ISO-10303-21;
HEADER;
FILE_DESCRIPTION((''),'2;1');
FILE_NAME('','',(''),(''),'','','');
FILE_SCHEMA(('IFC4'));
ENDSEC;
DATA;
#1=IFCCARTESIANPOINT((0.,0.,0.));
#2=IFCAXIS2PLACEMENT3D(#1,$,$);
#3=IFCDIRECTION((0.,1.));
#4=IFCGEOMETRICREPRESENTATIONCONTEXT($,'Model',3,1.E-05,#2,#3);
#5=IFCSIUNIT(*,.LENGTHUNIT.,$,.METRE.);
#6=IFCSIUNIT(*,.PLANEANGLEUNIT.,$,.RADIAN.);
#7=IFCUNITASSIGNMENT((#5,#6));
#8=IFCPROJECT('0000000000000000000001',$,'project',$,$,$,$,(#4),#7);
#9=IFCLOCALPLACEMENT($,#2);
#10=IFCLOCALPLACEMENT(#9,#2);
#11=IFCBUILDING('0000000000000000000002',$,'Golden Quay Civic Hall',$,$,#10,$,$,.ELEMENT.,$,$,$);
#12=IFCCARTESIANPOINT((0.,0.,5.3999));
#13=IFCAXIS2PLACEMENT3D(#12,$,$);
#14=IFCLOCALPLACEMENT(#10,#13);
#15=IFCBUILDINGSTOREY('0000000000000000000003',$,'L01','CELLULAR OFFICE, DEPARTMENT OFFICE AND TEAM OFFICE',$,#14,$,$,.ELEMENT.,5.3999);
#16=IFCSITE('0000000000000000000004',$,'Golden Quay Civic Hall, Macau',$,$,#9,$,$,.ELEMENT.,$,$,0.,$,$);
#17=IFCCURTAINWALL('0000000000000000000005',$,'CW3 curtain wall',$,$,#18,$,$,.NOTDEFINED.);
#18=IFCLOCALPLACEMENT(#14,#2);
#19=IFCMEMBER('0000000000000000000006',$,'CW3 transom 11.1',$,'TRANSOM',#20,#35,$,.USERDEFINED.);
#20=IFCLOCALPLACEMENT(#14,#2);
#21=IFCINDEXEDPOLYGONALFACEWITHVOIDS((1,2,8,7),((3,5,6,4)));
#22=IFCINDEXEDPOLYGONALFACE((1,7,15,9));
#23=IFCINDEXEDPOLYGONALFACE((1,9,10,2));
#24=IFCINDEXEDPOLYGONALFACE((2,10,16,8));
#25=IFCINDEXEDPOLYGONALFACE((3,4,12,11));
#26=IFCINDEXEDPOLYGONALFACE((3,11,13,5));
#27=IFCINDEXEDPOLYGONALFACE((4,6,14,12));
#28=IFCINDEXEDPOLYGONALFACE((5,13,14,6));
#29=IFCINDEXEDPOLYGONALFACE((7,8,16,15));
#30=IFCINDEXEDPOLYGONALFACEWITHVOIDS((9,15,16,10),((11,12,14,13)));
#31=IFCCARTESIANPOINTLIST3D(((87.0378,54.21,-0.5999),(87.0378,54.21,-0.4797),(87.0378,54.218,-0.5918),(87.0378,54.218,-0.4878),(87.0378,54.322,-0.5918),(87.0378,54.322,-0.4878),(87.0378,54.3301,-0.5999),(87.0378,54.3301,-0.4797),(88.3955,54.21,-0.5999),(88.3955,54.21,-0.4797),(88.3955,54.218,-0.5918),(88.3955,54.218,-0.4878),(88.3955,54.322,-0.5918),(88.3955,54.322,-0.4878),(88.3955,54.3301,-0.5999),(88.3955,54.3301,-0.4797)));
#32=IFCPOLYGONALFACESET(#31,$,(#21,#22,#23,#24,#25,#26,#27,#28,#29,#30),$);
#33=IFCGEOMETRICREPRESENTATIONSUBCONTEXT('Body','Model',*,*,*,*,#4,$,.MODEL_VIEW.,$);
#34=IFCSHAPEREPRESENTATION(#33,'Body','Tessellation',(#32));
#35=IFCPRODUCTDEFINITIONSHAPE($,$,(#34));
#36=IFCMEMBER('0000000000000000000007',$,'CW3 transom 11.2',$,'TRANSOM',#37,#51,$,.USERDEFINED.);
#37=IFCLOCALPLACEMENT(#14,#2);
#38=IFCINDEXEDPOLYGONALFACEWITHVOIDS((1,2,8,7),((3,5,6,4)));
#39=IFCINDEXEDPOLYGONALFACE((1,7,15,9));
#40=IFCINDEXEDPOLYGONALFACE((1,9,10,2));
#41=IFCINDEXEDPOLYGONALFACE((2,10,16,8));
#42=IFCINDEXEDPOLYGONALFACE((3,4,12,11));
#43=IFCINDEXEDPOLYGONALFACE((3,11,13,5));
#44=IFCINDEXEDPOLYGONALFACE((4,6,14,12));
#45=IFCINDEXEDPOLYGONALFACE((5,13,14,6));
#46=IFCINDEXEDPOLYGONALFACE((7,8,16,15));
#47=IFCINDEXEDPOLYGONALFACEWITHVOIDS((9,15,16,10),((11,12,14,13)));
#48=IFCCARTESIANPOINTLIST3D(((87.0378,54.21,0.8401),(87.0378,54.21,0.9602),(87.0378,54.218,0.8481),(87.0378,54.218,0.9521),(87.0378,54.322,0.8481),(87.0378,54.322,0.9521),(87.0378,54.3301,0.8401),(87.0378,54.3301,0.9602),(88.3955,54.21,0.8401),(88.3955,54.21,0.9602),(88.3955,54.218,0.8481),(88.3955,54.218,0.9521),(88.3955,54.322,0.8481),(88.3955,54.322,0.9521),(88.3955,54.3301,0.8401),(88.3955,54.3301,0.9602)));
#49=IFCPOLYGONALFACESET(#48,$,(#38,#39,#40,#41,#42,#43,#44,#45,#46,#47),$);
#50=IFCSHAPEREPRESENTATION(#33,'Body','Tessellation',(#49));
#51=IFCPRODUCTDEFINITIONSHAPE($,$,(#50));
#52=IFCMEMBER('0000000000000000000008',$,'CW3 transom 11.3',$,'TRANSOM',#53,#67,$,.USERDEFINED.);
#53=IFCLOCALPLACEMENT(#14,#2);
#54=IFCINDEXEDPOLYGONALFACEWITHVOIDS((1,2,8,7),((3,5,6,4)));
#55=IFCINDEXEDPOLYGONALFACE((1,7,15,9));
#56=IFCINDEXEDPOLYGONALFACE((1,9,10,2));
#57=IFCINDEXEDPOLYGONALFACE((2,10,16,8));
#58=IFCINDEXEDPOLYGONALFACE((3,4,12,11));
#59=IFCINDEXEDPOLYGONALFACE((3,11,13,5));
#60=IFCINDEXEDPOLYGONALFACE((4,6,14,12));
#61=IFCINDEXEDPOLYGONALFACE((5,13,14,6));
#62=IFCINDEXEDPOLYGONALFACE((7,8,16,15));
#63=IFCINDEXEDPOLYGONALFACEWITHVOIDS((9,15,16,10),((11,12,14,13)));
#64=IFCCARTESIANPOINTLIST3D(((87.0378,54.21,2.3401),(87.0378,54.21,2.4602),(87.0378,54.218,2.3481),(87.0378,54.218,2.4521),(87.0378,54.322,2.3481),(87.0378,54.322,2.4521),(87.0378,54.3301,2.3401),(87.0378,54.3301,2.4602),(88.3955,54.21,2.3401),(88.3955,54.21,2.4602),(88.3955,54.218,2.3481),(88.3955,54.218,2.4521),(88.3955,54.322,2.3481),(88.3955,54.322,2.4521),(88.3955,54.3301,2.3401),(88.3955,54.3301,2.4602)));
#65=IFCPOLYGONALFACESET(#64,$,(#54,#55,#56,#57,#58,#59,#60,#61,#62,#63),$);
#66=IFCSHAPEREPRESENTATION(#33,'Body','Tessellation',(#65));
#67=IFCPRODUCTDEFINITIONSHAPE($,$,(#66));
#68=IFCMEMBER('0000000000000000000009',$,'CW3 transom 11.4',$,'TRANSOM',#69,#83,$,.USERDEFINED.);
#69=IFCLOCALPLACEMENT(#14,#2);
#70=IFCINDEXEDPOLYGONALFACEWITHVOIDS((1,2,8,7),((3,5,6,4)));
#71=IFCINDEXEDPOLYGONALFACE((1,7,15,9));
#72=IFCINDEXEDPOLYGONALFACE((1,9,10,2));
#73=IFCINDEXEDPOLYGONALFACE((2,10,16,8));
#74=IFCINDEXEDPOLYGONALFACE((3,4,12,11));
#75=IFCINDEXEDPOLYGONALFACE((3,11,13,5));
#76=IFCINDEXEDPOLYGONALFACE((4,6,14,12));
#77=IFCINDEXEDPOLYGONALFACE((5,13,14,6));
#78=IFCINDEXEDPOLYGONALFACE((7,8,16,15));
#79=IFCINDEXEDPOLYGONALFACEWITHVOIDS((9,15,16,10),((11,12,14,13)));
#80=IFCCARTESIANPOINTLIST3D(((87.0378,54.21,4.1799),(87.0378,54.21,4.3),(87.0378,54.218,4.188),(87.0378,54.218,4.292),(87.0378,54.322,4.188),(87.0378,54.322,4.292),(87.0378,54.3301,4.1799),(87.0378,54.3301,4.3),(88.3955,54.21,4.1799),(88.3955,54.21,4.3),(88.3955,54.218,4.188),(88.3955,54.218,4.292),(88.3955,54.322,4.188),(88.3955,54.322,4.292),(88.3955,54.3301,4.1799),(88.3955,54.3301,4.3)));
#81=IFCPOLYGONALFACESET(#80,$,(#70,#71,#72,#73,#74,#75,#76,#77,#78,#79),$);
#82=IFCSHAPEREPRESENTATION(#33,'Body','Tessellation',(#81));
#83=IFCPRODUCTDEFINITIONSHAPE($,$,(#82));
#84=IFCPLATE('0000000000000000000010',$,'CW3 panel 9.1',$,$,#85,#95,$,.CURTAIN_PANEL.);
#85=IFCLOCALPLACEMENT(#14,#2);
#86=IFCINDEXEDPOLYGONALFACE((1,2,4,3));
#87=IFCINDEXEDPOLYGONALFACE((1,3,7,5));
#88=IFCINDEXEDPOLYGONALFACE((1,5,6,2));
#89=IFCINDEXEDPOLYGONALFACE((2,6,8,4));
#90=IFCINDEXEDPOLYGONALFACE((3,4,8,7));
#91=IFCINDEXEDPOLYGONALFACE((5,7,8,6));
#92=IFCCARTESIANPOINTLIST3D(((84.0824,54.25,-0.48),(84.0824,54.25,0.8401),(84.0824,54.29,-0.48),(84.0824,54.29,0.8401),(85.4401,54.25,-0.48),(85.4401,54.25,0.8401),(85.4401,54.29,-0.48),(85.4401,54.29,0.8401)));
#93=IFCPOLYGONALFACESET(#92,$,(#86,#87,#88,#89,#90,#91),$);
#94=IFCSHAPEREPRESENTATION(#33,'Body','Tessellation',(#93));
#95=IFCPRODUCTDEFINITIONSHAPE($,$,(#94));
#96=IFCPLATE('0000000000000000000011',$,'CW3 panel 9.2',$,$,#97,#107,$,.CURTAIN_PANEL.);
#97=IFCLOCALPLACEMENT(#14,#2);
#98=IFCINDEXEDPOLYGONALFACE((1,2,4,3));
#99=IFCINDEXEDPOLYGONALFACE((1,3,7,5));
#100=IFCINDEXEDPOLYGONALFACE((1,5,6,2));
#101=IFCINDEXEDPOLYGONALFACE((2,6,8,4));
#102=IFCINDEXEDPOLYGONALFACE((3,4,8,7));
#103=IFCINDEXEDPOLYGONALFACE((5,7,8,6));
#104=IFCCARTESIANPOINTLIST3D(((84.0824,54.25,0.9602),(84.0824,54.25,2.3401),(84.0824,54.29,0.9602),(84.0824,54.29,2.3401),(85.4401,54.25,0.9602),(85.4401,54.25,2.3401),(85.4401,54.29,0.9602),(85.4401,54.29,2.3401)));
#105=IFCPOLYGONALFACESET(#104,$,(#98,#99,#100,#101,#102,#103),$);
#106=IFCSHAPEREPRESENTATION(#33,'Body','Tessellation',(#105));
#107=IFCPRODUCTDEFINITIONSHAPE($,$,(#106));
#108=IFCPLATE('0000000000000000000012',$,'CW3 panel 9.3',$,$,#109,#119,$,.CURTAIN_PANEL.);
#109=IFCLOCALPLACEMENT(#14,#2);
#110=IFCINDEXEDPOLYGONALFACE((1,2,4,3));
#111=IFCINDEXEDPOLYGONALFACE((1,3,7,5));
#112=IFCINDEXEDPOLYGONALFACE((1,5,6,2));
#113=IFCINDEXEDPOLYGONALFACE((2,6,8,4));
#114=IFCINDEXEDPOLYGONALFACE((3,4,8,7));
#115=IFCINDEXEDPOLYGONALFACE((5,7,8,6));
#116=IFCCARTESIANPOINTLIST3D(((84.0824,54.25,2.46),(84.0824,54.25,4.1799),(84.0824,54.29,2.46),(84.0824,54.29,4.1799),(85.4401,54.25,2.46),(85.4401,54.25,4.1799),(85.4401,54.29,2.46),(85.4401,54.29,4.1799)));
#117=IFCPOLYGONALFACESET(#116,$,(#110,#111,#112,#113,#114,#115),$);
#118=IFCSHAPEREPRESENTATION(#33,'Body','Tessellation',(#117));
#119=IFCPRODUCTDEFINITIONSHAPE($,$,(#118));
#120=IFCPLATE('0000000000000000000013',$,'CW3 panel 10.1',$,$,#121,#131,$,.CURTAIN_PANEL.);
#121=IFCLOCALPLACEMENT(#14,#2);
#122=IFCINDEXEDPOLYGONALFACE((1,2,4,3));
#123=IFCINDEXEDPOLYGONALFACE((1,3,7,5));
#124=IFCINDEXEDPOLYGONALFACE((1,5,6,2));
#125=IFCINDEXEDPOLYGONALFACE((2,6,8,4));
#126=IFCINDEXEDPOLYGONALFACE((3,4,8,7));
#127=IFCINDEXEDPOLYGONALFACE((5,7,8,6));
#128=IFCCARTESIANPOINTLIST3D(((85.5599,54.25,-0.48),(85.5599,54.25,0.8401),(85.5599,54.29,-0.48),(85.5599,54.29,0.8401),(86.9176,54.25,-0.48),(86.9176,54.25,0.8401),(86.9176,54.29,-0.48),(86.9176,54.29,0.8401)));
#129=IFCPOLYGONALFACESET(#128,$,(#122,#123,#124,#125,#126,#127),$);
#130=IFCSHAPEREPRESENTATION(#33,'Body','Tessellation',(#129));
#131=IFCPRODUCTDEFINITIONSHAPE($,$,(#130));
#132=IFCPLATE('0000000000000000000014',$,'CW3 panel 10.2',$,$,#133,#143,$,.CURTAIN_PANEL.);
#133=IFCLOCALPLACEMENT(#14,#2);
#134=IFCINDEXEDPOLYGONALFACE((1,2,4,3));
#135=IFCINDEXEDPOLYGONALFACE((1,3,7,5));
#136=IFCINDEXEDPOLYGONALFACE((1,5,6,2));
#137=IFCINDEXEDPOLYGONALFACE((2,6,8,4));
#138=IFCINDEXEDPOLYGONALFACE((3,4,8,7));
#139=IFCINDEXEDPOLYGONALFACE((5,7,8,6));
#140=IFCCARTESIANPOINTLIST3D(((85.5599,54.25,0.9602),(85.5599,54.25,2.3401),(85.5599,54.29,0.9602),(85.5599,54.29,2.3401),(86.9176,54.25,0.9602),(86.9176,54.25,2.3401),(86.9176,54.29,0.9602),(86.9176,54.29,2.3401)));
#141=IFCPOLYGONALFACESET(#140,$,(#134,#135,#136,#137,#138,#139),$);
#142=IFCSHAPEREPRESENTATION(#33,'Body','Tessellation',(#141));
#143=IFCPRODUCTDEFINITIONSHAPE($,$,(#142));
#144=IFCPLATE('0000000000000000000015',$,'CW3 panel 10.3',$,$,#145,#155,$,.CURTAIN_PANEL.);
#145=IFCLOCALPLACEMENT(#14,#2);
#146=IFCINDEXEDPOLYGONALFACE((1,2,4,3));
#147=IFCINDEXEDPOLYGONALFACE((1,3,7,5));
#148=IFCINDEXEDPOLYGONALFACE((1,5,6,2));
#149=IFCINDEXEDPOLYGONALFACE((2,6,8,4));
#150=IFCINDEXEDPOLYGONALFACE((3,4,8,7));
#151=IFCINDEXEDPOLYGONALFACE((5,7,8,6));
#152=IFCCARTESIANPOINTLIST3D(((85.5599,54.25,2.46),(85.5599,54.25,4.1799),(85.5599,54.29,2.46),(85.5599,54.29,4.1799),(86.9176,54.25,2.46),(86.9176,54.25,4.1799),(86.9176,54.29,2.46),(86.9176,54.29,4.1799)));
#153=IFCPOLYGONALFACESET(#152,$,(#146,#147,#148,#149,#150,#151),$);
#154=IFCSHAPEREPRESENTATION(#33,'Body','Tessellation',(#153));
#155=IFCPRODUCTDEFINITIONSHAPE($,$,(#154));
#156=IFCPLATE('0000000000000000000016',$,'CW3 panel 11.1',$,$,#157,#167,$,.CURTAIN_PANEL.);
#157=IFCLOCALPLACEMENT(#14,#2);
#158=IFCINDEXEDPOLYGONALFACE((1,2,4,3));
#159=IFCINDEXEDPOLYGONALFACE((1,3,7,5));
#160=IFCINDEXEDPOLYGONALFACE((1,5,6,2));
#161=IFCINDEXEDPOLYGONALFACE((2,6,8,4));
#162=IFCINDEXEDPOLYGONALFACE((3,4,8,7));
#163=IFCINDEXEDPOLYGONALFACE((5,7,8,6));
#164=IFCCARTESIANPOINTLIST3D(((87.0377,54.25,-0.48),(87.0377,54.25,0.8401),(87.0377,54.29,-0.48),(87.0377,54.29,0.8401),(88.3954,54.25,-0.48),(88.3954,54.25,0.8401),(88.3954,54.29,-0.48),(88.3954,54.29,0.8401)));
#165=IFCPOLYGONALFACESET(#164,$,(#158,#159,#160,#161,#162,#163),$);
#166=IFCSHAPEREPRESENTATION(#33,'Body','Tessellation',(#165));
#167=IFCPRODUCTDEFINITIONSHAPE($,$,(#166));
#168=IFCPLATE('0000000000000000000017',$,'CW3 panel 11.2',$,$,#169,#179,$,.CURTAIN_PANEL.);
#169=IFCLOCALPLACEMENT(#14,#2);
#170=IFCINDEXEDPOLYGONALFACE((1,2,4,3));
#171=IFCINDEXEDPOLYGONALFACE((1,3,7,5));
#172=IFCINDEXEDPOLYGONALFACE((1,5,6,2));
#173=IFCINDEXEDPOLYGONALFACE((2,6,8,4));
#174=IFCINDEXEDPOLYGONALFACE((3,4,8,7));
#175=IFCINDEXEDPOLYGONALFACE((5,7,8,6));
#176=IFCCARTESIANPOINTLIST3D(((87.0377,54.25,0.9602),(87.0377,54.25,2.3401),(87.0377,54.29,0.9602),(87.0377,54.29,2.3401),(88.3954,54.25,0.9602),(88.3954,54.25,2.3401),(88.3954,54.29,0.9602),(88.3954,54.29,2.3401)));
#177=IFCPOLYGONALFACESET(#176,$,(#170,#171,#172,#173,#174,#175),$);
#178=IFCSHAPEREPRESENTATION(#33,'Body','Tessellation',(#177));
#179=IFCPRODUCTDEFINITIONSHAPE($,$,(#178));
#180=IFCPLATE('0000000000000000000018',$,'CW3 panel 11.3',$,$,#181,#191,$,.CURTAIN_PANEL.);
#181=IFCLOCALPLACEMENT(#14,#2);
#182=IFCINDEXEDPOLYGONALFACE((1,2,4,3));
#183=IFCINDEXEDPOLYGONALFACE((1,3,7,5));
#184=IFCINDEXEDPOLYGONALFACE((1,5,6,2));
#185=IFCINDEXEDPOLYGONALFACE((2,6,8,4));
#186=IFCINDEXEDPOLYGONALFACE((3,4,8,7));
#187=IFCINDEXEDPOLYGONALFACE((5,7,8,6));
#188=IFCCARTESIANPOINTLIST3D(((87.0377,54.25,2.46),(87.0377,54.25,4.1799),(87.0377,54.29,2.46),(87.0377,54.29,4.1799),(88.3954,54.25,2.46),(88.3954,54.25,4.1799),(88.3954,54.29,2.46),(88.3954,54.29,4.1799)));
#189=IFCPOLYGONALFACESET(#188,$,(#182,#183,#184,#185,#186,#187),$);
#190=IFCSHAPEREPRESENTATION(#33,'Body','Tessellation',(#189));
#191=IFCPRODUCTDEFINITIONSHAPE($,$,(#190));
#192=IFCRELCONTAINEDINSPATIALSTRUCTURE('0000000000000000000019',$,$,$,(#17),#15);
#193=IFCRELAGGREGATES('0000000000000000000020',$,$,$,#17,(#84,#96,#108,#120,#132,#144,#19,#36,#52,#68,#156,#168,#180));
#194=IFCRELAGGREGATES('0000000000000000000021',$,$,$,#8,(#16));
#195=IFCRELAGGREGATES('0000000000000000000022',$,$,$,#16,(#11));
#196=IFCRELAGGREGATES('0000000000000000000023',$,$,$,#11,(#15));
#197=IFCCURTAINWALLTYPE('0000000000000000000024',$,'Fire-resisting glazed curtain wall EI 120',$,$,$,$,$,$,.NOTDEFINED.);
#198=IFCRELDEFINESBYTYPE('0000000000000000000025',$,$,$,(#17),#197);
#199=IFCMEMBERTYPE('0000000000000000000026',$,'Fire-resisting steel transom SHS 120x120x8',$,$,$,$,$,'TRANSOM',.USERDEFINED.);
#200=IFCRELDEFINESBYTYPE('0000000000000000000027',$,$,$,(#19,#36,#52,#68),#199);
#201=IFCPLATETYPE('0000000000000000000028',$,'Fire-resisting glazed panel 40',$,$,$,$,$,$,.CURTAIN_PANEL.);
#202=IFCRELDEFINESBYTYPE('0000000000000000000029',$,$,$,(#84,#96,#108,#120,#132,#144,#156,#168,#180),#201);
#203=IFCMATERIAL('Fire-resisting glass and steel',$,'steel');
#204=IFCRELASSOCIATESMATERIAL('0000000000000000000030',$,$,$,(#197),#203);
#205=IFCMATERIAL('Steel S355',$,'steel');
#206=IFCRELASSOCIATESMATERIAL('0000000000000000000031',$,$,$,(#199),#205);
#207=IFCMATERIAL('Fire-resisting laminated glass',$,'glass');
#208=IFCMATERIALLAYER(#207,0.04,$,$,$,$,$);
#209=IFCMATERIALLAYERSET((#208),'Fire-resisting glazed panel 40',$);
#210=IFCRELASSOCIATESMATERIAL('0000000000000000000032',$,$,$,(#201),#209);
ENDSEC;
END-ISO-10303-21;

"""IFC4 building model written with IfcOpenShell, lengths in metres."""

from ifc_helpers import new_model, si_unit, direction, frame, origin, origin_2d, place, context, subcontext, project, spatial, rectangle, hollow_rectangle, extrude, material, layer, layer_set, material_profile, profile_set, type_object, element, aggregate, save


model = new_model("IFC4")

# Units and contexts
model_context = context("Model", 3, precision=1e-05, world=origin(), true_north=direction((0.0, 1.0)))
body_context = subcontext(model_context, "Body", "Model", "MODEL_VIEW")
ifc_project = project(units=[si_unit("LENGTHUNIT", "METRE"), si_unit("PLANEANGLEUNIT", "RADIAN")], contexts=[model_context])

# Site, building, storey
site_placement = place(None, origin())
site = spatial("IfcSite", under=ifc_project, at=site_placement, Name="Golden Quay Civic Hall, Macau", CompositionType="ELEMENT", RefElevation=0.0)
building_placement = place(site_placement, origin())
building = spatial("IfcBuilding", under=site, at=building_placement, Name="Golden Quay Civic Hall", CompositionType="ELEMENT")
storey_placement = place(building_placement, frame((0.0, 0.0, 5.3999)))
storey = spatial("IfcBuildingStorey", under=building, at=storey_placement, Name="L01", Description="CELLULAR OFFICE, DEPARTMENT OFFICE AND TEAM OFFICE", CompositionType="ELEMENT", Elevation=5.3999)

# Curtain wall, members, plates
ifc_material_1 = material(Name="Fire-resisting glass and steel", Category="steel")
curtain_wall_type = type_object("IfcCurtainWallType", Name="Fire-resisting glazed curtain wall EI 120", PredefinedType="NOTDEFINED", material=ifc_material_1)
curtain_wall_placement = place(storey_placement, origin())
curtain_wall = element("IfcCurtainWall", 1, at=curtain_wall_placement, inside=storey, type_object=curtain_wall_type, Name="CW3 curtain wall", PredefinedType="NOTDEFINED")
ifc_material_2 = material(Name="Steel S355", Category="steel")
ifc_material_profile_1 = material_profile(ifc_material_2, hollow_rectangle(XDim=0.1201, YDim=0.1201, WallThickness=0.0081, at=origin_2d()), Name="SHS 120x120x8")
ifc_profile_set_1 = profile_set([ifc_material_profile_1], Name="Steel S355")
member_type_1 = type_object("IfcMemberType", Name="Fire-resisting steel transom SHS 120x120x8", ElementType="TRANSOM", PredefinedType="USERDEFINED", material=ifc_profile_set_1)
member_1_placement = place(storey_placement, frame((87.0378, 54.27, -0.5398), z_axis=(1.0, 0.0, 0.0), x_axis=(0.0, 1.0, 0.0)))
member_1 = element("IfcMember", 2, at=member_1_placement, type_object=member_type_1, Name="CW3 transom 11.1", ObjectType="TRANSOM", PredefinedType="USERDEFINED", context=body_context, shape_type="SweptSolid", body=[
    extrude(hollow_rectangle(XDim=0.1201, YDim=0.1201, WallThickness=0.0081, at=origin_2d()), origin(), (0.0, 0.0, 1.0), 1.3577),
])
member_2_placement = place(storey_placement, frame((87.0378, 54.27, 0.9001), z_axis=(1.0, 0.0, 0.0), x_axis=(0.0, 1.0, 0.0)))
member_2 = element("IfcMember", 3, at=member_2_placement, type_object=member_type_1, Name="CW3 transom 11.2", ObjectType="TRANSOM", PredefinedType="USERDEFINED", context=body_context, shape_type="SweptSolid", body=[
    extrude(hollow_rectangle(XDim=0.1201, YDim=0.1201, WallThickness=0.0081, at=origin_2d()), origin(), (0.0, 0.0, 1.0), 1.3577),
])
member_3_placement = place(storey_placement, frame((87.0378, 54.27, 2.4001), z_axis=(1.0, 0.0, 0.0), x_axis=(0.0, 1.0, 0.0)))
member_3 = element("IfcMember", 4, at=member_3_placement, type_object=member_type_1, Name="CW3 transom 11.3", ObjectType="TRANSOM", PredefinedType="USERDEFINED", context=body_context, shape_type="SweptSolid", body=[
    extrude(hollow_rectangle(XDim=0.1201, YDim=0.1201, WallThickness=0.0081, at=origin_2d()), origin(), (0.0, 0.0, 1.0), 1.3577),
])
member_4_placement = place(storey_placement, frame((87.0378, 54.27, 4.24), z_axis=(1.0, 0.0, 0.0), x_axis=(0.0, 1.0, 0.0)))
member_4 = element("IfcMember", 5, at=member_4_placement, type_object=member_type_1, Name="CW3 transom 11.4", ObjectType="TRANSOM", PredefinedType="USERDEFINED", context=body_context, shape_type="SweptSolid", body=[
    extrude(hollow_rectangle(XDim=0.1201, YDim=0.1201, WallThickness=0.0081, at=origin_2d()), origin(), (0.0, 0.0, 1.0), 1.3577),
])
ifc_material_3 = material(Name="Fire-resisting laminated glass", Category="glass")
ifc_layer = layer(ifc_material_3, 0.04)
ifc_layer_set = layer_set([ifc_layer], Name="Fire-resisting glazed panel 40")
plate_type = type_object("IfcPlateType", Name="Fire-resisting glazed panel 40", PredefinedType="CURTAIN_PANEL", material=ifc_layer_set)
plate_1_placement = place(storey_placement, frame((84.7612, 54.27, -0.48), z_axis=(0.0, 0.0, 1.0), x_axis=(1.0, 0.0, 0.0)))
plate_1 = element("IfcPlate", 6, at=plate_1_placement, type_object=plate_type, Name="CW3 panel 9.1", PredefinedType="CURTAIN_PANEL", context=body_context, shape_type="SweptSolid", body=[
    extrude(rectangle(XDim=1.3577, YDim=0.04, at=origin_2d()), origin(), (0.0, 0.0, 1.0), 1.3201),
])
plate_2_placement = place(storey_placement, frame((84.7612, 54.27, 0.9602), z_axis=(0.0, 0.0, 1.0), x_axis=(1.0, 0.0, 0.0)))
plate_2 = element("IfcPlate", 7, at=plate_2_placement, type_object=plate_type, Name="CW3 panel 9.2", PredefinedType="CURTAIN_PANEL", context=body_context, shape_type="SweptSolid", body=[
    extrude(rectangle(XDim=1.3577, YDim=0.04, at=origin_2d()), origin(), (0.0, 0.0, 1.0), 1.3799),
])
plate_3_placement = place(storey_placement, frame((84.7612, 54.27, 2.46), z_axis=(0.0, 0.0, 1.0), x_axis=(1.0, 0.0, 0.0)))
plate_3 = element("IfcPlate", 8, at=plate_3_placement, type_object=plate_type, Name="CW3 panel 9.3", PredefinedType="CURTAIN_PANEL", context=body_context, shape_type="SweptSolid", body=[
    extrude(rectangle(XDim=1.3577, YDim=0.04, at=origin_2d()), origin(), (0.0, 0.0, 1.0), 1.72),
])
plate_4_placement = place(storey_placement, frame((86.2388, 54.27, -0.48), z_axis=(0.0, 0.0, 1.0), x_axis=(1.0, 0.0, 0.0)))
plate_4 = element("IfcPlate", 9, at=plate_4_placement, type_object=plate_type, Name="CW3 panel 10.1", PredefinedType="CURTAIN_PANEL", context=body_context, shape_type="SweptSolid", body=[
    extrude(rectangle(XDim=1.3577, YDim=0.04, at=origin_2d()), origin(), (0.0, 0.0, 1.0), 1.3201),
])
plate_5_placement = place(storey_placement, frame((86.2388, 54.27, 0.9602), z_axis=(0.0, 0.0, 1.0), x_axis=(1.0, 0.0, 0.0)))
plate_5 = element("IfcPlate", 10, at=plate_5_placement, type_object=plate_type, Name="CW3 panel 10.2", PredefinedType="CURTAIN_PANEL", context=body_context, shape_type="SweptSolid", body=[
    extrude(rectangle(XDim=1.3577, YDim=0.04, at=origin_2d()), origin(), (0.0, 0.0, 1.0), 1.3799),
])
plate_6_placement = place(storey_placement, frame((86.2388, 54.27, 2.46), z_axis=(0.0, 0.0, 1.0), x_axis=(1.0, 0.0, 0.0)))
plate_6 = element("IfcPlate", 11, at=plate_6_placement, type_object=plate_type, Name="CW3 panel 10.3", PredefinedType="CURTAIN_PANEL", context=body_context, shape_type="SweptSolid", body=[
    extrude(rectangle(XDim=1.3577, YDim=0.04, at=origin_2d()), origin(), (0.0, 0.0, 1.0), 1.72),
])
plate_7_placement = place(storey_placement, frame((87.7166, 54.27, -0.48), z_axis=(0.0, 0.0, 1.0), x_axis=(1.0, 0.0, 0.0)))
plate_7 = element("IfcPlate", 12, at=plate_7_placement, type_object=plate_type, Name="CW3 panel 11.1", PredefinedType="CURTAIN_PANEL", context=body_context, shape_type="SweptSolid", body=[
    extrude(rectangle(XDim=1.3577, YDim=0.04, at=origin_2d()), origin(), (0.0, 0.0, 1.0), 1.3201),
])
plate_8_placement = place(storey_placement, frame((87.7166, 54.27, 0.9602), z_axis=(0.0, 0.0, 1.0), x_axis=(1.0, 0.0, 0.0)))
plate_8 = element("IfcPlate", 13, at=plate_8_placement, type_object=plate_type, Name="CW3 panel 11.2", PredefinedType="CURTAIN_PANEL", context=body_context, shape_type="SweptSolid", body=[
    extrude(rectangle(XDim=1.3577, YDim=0.04, at=origin_2d()), origin(), (0.0, 0.0, 1.0), 1.3799),
])
plate_9_placement = place(storey_placement, frame((87.7166, 54.27, 2.46), z_axis=(0.0, 0.0, 1.0), x_axis=(1.0, 0.0, 0.0)))
plate_9 = element("IfcPlate", 14, at=plate_9_placement, type_object=plate_type, Name="CW3 panel 11.3", PredefinedType="CURTAIN_PANEL", context=body_context, shape_type="SweptSolid", body=[
    extrude(rectangle(XDim=1.3577, YDim=0.04, at=origin_2d()), origin(), (0.0, 0.0, 1.0), 1.72),
])
aggregate(curtain_wall, [plate_1, plate_2, plate_3, plate_4, plate_5, plate_6, member_1, member_2, member_3, member_4, plate_7, plate_8, plate_9])

save(model, "model.ifc")
